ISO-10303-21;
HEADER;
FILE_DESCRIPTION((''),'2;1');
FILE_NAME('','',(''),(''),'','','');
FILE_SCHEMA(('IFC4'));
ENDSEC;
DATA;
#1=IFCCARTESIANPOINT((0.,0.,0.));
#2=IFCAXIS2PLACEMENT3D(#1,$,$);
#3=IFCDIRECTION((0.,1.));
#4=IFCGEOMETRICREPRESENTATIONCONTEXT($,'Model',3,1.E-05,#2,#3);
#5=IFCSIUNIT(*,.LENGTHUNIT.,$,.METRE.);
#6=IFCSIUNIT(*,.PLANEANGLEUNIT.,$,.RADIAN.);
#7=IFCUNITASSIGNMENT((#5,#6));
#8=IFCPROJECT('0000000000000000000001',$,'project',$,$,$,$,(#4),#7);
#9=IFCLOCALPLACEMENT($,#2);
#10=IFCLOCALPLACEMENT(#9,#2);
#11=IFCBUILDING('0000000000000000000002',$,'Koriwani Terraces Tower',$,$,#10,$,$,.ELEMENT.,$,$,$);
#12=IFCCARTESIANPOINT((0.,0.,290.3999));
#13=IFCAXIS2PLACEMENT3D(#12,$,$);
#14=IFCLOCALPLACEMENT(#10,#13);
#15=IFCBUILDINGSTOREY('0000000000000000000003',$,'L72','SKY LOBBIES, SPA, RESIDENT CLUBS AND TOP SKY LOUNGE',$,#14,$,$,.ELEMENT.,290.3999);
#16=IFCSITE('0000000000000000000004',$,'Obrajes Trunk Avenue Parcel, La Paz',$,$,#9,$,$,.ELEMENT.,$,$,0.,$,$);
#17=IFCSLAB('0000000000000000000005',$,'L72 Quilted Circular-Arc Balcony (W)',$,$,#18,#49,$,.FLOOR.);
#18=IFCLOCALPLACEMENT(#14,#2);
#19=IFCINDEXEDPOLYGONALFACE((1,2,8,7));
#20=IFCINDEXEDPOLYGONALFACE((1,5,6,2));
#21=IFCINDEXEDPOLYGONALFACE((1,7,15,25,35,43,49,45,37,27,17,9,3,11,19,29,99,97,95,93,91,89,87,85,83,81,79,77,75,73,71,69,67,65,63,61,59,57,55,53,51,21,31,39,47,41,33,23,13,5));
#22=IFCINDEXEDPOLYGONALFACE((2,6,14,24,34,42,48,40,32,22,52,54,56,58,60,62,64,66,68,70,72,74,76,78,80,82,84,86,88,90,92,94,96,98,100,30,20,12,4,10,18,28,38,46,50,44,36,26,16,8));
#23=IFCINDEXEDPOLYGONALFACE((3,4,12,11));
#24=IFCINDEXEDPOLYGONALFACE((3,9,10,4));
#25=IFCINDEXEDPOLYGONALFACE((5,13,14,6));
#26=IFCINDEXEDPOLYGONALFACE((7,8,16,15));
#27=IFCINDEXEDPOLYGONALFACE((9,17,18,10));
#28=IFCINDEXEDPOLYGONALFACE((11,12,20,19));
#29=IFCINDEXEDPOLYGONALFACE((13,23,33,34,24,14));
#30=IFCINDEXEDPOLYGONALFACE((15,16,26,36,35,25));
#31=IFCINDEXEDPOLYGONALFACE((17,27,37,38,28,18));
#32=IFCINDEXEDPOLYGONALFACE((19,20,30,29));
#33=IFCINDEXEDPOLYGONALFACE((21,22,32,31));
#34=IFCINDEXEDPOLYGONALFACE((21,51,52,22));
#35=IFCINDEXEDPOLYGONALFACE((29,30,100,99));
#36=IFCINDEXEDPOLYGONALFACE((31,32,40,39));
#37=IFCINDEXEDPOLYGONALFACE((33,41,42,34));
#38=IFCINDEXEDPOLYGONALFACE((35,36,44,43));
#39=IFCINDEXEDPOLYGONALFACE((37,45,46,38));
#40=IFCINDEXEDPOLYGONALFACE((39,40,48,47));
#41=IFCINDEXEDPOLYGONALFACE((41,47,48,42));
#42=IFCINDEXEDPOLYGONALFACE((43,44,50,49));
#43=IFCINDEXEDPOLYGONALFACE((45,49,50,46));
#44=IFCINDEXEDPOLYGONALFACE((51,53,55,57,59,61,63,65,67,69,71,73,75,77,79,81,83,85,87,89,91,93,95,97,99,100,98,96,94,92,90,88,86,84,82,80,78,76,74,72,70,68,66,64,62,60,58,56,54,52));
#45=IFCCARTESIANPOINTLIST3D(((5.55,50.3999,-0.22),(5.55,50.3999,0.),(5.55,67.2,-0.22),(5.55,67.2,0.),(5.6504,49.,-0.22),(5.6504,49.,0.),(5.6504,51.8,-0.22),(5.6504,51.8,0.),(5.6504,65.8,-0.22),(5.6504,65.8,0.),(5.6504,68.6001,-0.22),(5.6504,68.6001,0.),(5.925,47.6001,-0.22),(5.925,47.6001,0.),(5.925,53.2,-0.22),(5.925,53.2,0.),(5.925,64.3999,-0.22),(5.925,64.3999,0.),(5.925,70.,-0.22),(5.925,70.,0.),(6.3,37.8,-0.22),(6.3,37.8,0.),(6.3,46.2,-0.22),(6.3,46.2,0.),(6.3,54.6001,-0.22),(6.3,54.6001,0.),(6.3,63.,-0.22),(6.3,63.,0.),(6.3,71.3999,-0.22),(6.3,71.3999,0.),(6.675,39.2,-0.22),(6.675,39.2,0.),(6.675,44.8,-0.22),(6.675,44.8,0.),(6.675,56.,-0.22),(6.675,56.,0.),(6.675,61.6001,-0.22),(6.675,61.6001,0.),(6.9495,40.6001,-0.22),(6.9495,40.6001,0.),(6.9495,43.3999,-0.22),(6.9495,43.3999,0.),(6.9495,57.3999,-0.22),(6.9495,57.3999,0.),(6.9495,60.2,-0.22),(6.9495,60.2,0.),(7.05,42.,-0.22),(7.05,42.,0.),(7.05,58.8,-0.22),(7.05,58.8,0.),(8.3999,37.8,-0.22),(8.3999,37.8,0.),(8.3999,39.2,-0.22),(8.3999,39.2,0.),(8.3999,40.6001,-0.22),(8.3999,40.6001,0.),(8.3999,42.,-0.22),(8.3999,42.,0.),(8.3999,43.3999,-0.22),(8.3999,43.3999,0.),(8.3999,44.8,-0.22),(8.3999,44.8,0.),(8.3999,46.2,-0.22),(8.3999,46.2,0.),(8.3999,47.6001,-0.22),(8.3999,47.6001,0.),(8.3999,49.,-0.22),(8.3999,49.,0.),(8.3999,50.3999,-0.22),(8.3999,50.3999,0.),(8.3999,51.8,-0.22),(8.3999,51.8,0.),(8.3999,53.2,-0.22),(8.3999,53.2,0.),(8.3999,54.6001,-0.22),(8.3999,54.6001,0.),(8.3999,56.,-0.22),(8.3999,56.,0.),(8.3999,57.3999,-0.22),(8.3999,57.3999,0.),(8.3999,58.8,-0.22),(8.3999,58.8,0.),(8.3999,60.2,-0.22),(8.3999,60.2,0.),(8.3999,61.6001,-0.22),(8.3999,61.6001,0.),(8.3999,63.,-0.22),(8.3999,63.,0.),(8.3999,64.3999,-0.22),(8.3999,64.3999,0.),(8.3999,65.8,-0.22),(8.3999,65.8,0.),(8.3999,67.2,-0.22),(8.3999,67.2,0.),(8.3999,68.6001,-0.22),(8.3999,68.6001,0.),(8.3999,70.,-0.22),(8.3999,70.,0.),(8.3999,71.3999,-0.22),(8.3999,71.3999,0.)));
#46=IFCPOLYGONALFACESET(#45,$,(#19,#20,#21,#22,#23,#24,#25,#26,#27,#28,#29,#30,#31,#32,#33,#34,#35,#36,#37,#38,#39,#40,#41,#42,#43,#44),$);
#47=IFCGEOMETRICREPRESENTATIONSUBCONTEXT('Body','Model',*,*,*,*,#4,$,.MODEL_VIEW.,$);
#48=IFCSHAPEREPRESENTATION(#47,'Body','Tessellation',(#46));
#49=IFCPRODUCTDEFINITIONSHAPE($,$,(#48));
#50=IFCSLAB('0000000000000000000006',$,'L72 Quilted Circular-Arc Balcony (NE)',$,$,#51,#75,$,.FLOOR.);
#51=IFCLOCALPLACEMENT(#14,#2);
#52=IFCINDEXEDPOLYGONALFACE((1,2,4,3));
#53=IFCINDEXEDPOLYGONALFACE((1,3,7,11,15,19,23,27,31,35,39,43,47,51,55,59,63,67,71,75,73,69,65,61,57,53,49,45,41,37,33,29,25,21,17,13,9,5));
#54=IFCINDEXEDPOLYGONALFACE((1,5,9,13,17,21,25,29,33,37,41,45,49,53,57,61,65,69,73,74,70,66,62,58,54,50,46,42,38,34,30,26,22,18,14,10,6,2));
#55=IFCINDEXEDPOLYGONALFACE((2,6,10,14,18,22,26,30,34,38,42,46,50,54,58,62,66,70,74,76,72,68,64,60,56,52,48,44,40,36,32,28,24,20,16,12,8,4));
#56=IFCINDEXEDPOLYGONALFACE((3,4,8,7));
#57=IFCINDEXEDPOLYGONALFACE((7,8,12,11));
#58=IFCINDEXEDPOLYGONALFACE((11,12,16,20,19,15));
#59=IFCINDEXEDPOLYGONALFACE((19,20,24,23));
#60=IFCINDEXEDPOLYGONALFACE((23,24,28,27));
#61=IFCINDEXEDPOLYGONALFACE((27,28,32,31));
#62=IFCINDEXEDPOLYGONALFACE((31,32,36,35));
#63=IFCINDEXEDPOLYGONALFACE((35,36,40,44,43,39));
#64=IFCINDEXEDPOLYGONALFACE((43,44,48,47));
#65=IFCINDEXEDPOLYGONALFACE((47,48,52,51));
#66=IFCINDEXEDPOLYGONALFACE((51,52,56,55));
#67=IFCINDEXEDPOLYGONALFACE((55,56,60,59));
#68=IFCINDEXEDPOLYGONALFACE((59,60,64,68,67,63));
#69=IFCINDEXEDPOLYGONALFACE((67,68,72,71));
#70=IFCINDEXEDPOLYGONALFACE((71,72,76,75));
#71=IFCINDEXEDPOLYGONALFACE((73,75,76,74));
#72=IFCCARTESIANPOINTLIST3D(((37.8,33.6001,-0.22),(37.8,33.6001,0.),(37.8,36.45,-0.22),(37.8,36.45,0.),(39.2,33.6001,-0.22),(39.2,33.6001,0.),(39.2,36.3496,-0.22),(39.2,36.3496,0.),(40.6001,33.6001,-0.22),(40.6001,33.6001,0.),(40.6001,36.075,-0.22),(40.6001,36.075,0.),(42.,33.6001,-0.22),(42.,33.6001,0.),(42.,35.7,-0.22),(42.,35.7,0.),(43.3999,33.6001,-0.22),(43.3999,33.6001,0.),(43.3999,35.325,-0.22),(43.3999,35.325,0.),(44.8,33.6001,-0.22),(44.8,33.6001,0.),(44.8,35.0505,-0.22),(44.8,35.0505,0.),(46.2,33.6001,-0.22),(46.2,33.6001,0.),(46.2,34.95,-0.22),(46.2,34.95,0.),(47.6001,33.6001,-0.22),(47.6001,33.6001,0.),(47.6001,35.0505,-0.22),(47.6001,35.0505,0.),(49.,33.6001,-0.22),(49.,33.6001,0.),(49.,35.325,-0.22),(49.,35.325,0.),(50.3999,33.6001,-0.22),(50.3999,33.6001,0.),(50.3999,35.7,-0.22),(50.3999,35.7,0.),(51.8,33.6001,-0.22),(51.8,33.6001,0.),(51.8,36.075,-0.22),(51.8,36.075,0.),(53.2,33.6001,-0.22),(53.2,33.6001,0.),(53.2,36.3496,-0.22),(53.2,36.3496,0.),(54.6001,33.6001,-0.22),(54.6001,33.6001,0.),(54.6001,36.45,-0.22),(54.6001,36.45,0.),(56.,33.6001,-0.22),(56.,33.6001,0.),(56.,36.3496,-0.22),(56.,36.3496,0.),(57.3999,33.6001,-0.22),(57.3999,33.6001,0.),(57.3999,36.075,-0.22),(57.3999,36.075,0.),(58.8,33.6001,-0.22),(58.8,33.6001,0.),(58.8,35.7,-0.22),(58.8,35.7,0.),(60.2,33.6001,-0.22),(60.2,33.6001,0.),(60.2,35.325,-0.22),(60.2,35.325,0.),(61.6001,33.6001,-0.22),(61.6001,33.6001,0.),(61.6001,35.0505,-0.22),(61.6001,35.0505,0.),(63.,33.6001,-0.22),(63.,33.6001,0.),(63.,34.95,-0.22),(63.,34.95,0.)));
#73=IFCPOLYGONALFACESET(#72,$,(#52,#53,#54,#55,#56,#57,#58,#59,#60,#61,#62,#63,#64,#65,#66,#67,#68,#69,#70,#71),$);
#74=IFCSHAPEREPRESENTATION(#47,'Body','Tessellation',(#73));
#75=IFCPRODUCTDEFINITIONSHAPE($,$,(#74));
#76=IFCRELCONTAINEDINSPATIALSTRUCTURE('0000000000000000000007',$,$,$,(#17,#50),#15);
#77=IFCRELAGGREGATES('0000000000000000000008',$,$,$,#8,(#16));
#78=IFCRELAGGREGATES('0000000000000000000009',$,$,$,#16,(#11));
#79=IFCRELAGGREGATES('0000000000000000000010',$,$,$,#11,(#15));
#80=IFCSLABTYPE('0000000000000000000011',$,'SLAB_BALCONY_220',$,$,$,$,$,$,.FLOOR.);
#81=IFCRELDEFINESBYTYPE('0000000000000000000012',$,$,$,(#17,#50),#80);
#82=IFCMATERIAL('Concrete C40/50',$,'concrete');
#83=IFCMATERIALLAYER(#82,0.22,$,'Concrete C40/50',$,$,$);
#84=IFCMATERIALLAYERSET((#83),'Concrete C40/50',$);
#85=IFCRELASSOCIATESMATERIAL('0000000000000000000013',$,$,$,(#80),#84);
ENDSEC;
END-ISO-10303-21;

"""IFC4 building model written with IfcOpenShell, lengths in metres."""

from ifc_helpers import new_model, si_unit, direction, frame, origin, place, context, subcontext, project, spatial, polyline, outline, extrude, material, layer, layer_set, type_object, element, save


model = new_model("IFC4")

# Units and contexts
model_context = context("Model", 3, precision=1e-05, world=origin(), true_north=direction((0.0, 1.0)))
body_context = subcontext(model_context, "Body", "Model", "MODEL_VIEW")
ifc_project = project(units=[si_unit("LENGTHUNIT", "METRE"), si_unit("PLANEANGLEUNIT", "RADIAN")], contexts=[model_context])

# Site, building, storey
site_placement = place(None, origin())
site = spatial("IfcSite", under=ifc_project, at=site_placement, Name="Obrajes Trunk Avenue Parcel, La Paz", CompositionType="ELEMENT", RefElevation=0.0)
building_placement = place(site_placement, origin())
building = spatial("IfcBuilding", under=site, at=building_placement, Name="Koriwani Terraces Tower", CompositionType="ELEMENT")
storey_placement = place(building_placement, frame((0.0, 0.0, 290.3999)))
storey = spatial("IfcBuildingStorey", under=building, at=storey_placement, Name="L72", Description="SKY LOBBIES, SPA, RESIDENT CLUBS AND TOP SKY LOUNGE", CompositionType="ELEMENT", Elevation=290.3999)

# Shared definitions
ifc_material_1 = material(Name="Concrete C40/50", Category="concrete")

# Slabs
ifc_layer_1 = layer(ifc_material_1, 0.22, Name="Concrete C40/50")
ifc_layer_set_1 = layer_set([ifc_layer_1], Name="Concrete C40/50")
slab_type_1 = type_object("IfcSlabType", Name="SLAB_BALCONY_220", PredefinedType="FLOOR", material=ifc_layer_set_1)
slab_1_placement = place(storey_placement, frame((0.0, 0.0, -0.22)))
element("IfcSlab", 1, at=slab_1_placement, inside=storey, type_object=slab_type_1, Name="L72 Quilted Circular-Arc Balcony (W)", PredefinedType="FLOOR", context=body_context, shape_type="SweptSolid", body=[
    extrude(outline(polyline([(8.3999, 37.8), (8.3999, 39.2), (8.3999, 40.6001), (8.3999, 42.0), (8.3999, 43.3999), (8.3999, 44.8), (8.3999, 46.2), (8.3999, 47.6001), (8.3999, 49.0), (8.3999, 50.3999), (8.3999, 51.8), (8.3999, 53.2), (8.3999, 54.6001), (8.3999, 56.0), (8.3999, 57.3999), (8.3999, 58.8), (8.3999, 60.2), (8.3999, 61.6001), (8.3999, 63.0), (8.3999, 64.3999), (8.3999, 65.8), (8.3999, 67.2), (8.3999, 68.6001), (8.3999, 70.0), (8.3999, 71.3999), (6.3, 71.3999), (5.925, 70.0), (5.6504, 68.6001), (5.55, 67.2), (5.6504, 65.8), (5.925, 64.3999), (6.3, 63.0), (6.675, 61.6001), (6.9495, 60.2), (7.05, 58.8), (6.9495, 57.3999), (6.675, 56.0), (6.3, 54.6001), (5.925, 53.2), (5.6504, 51.8), (5.55, 50.3999), (5.6504, 49.0), (5.925, 47.6001), (6.3, 46.2), (6.675, 44.8), (6.9495, 43.3999), (7.05, 42.0), (6.9495, 40.6001), (6.675, 39.2), (6.3, 37.8), (8.3999, 37.8)])), origin(), (0.0, 0.0, 1.0), 0.22),
])
slab_2_placement = place(storey_placement, frame((0.0, 0.0, -0.22)))
element("IfcSlab", 2, at=slab_2_placement, inside=storey, type_object=slab_type_1, Name="L72 Quilted Circular-Arc Balcony (NE)", PredefinedType="FLOOR", context=body_context, shape_type="SweptSolid", body=[
    extrude(outline(polyline([(63.0, 33.6001), (61.6001, 33.6001), (60.2, 33.6001), (58.8, 33.6001), (57.3999, 33.6001), (56.0, 33.6001), (54.6001, 33.6001), (53.2, 33.6001), (51.8, 33.6001), (50.3999, 33.6001), (49.0, 33.6001), (47.6001, 33.6001), (46.2, 33.6001), (44.8, 33.6001), (43.3999, 33.6001), (42.0, 33.6001), (40.6001, 33.6001), (39.2, 33.6001), (37.8, 33.6001), (37.8, 36.45), (39.2, 36.3496), (40.6001, 36.075), (42.0, 35.7), (43.3999, 35.325), (44.8, 35.0505), (46.2, 34.95), (47.6001, 35.0505), (49.0, 35.325), (50.3999, 35.7), (51.8, 36.075), (53.2, 36.3496), (54.6001, 36.45), (56.0, 36.3496), (57.3999, 36.075), (58.8, 35.7), (60.2, 35.325), (61.6001, 35.0505), (63.0, 34.95), (63.0, 33.6001)])), origin(), (0.0, 0.0, 1.0), 0.22),
])

save(model, "model.ifc")
